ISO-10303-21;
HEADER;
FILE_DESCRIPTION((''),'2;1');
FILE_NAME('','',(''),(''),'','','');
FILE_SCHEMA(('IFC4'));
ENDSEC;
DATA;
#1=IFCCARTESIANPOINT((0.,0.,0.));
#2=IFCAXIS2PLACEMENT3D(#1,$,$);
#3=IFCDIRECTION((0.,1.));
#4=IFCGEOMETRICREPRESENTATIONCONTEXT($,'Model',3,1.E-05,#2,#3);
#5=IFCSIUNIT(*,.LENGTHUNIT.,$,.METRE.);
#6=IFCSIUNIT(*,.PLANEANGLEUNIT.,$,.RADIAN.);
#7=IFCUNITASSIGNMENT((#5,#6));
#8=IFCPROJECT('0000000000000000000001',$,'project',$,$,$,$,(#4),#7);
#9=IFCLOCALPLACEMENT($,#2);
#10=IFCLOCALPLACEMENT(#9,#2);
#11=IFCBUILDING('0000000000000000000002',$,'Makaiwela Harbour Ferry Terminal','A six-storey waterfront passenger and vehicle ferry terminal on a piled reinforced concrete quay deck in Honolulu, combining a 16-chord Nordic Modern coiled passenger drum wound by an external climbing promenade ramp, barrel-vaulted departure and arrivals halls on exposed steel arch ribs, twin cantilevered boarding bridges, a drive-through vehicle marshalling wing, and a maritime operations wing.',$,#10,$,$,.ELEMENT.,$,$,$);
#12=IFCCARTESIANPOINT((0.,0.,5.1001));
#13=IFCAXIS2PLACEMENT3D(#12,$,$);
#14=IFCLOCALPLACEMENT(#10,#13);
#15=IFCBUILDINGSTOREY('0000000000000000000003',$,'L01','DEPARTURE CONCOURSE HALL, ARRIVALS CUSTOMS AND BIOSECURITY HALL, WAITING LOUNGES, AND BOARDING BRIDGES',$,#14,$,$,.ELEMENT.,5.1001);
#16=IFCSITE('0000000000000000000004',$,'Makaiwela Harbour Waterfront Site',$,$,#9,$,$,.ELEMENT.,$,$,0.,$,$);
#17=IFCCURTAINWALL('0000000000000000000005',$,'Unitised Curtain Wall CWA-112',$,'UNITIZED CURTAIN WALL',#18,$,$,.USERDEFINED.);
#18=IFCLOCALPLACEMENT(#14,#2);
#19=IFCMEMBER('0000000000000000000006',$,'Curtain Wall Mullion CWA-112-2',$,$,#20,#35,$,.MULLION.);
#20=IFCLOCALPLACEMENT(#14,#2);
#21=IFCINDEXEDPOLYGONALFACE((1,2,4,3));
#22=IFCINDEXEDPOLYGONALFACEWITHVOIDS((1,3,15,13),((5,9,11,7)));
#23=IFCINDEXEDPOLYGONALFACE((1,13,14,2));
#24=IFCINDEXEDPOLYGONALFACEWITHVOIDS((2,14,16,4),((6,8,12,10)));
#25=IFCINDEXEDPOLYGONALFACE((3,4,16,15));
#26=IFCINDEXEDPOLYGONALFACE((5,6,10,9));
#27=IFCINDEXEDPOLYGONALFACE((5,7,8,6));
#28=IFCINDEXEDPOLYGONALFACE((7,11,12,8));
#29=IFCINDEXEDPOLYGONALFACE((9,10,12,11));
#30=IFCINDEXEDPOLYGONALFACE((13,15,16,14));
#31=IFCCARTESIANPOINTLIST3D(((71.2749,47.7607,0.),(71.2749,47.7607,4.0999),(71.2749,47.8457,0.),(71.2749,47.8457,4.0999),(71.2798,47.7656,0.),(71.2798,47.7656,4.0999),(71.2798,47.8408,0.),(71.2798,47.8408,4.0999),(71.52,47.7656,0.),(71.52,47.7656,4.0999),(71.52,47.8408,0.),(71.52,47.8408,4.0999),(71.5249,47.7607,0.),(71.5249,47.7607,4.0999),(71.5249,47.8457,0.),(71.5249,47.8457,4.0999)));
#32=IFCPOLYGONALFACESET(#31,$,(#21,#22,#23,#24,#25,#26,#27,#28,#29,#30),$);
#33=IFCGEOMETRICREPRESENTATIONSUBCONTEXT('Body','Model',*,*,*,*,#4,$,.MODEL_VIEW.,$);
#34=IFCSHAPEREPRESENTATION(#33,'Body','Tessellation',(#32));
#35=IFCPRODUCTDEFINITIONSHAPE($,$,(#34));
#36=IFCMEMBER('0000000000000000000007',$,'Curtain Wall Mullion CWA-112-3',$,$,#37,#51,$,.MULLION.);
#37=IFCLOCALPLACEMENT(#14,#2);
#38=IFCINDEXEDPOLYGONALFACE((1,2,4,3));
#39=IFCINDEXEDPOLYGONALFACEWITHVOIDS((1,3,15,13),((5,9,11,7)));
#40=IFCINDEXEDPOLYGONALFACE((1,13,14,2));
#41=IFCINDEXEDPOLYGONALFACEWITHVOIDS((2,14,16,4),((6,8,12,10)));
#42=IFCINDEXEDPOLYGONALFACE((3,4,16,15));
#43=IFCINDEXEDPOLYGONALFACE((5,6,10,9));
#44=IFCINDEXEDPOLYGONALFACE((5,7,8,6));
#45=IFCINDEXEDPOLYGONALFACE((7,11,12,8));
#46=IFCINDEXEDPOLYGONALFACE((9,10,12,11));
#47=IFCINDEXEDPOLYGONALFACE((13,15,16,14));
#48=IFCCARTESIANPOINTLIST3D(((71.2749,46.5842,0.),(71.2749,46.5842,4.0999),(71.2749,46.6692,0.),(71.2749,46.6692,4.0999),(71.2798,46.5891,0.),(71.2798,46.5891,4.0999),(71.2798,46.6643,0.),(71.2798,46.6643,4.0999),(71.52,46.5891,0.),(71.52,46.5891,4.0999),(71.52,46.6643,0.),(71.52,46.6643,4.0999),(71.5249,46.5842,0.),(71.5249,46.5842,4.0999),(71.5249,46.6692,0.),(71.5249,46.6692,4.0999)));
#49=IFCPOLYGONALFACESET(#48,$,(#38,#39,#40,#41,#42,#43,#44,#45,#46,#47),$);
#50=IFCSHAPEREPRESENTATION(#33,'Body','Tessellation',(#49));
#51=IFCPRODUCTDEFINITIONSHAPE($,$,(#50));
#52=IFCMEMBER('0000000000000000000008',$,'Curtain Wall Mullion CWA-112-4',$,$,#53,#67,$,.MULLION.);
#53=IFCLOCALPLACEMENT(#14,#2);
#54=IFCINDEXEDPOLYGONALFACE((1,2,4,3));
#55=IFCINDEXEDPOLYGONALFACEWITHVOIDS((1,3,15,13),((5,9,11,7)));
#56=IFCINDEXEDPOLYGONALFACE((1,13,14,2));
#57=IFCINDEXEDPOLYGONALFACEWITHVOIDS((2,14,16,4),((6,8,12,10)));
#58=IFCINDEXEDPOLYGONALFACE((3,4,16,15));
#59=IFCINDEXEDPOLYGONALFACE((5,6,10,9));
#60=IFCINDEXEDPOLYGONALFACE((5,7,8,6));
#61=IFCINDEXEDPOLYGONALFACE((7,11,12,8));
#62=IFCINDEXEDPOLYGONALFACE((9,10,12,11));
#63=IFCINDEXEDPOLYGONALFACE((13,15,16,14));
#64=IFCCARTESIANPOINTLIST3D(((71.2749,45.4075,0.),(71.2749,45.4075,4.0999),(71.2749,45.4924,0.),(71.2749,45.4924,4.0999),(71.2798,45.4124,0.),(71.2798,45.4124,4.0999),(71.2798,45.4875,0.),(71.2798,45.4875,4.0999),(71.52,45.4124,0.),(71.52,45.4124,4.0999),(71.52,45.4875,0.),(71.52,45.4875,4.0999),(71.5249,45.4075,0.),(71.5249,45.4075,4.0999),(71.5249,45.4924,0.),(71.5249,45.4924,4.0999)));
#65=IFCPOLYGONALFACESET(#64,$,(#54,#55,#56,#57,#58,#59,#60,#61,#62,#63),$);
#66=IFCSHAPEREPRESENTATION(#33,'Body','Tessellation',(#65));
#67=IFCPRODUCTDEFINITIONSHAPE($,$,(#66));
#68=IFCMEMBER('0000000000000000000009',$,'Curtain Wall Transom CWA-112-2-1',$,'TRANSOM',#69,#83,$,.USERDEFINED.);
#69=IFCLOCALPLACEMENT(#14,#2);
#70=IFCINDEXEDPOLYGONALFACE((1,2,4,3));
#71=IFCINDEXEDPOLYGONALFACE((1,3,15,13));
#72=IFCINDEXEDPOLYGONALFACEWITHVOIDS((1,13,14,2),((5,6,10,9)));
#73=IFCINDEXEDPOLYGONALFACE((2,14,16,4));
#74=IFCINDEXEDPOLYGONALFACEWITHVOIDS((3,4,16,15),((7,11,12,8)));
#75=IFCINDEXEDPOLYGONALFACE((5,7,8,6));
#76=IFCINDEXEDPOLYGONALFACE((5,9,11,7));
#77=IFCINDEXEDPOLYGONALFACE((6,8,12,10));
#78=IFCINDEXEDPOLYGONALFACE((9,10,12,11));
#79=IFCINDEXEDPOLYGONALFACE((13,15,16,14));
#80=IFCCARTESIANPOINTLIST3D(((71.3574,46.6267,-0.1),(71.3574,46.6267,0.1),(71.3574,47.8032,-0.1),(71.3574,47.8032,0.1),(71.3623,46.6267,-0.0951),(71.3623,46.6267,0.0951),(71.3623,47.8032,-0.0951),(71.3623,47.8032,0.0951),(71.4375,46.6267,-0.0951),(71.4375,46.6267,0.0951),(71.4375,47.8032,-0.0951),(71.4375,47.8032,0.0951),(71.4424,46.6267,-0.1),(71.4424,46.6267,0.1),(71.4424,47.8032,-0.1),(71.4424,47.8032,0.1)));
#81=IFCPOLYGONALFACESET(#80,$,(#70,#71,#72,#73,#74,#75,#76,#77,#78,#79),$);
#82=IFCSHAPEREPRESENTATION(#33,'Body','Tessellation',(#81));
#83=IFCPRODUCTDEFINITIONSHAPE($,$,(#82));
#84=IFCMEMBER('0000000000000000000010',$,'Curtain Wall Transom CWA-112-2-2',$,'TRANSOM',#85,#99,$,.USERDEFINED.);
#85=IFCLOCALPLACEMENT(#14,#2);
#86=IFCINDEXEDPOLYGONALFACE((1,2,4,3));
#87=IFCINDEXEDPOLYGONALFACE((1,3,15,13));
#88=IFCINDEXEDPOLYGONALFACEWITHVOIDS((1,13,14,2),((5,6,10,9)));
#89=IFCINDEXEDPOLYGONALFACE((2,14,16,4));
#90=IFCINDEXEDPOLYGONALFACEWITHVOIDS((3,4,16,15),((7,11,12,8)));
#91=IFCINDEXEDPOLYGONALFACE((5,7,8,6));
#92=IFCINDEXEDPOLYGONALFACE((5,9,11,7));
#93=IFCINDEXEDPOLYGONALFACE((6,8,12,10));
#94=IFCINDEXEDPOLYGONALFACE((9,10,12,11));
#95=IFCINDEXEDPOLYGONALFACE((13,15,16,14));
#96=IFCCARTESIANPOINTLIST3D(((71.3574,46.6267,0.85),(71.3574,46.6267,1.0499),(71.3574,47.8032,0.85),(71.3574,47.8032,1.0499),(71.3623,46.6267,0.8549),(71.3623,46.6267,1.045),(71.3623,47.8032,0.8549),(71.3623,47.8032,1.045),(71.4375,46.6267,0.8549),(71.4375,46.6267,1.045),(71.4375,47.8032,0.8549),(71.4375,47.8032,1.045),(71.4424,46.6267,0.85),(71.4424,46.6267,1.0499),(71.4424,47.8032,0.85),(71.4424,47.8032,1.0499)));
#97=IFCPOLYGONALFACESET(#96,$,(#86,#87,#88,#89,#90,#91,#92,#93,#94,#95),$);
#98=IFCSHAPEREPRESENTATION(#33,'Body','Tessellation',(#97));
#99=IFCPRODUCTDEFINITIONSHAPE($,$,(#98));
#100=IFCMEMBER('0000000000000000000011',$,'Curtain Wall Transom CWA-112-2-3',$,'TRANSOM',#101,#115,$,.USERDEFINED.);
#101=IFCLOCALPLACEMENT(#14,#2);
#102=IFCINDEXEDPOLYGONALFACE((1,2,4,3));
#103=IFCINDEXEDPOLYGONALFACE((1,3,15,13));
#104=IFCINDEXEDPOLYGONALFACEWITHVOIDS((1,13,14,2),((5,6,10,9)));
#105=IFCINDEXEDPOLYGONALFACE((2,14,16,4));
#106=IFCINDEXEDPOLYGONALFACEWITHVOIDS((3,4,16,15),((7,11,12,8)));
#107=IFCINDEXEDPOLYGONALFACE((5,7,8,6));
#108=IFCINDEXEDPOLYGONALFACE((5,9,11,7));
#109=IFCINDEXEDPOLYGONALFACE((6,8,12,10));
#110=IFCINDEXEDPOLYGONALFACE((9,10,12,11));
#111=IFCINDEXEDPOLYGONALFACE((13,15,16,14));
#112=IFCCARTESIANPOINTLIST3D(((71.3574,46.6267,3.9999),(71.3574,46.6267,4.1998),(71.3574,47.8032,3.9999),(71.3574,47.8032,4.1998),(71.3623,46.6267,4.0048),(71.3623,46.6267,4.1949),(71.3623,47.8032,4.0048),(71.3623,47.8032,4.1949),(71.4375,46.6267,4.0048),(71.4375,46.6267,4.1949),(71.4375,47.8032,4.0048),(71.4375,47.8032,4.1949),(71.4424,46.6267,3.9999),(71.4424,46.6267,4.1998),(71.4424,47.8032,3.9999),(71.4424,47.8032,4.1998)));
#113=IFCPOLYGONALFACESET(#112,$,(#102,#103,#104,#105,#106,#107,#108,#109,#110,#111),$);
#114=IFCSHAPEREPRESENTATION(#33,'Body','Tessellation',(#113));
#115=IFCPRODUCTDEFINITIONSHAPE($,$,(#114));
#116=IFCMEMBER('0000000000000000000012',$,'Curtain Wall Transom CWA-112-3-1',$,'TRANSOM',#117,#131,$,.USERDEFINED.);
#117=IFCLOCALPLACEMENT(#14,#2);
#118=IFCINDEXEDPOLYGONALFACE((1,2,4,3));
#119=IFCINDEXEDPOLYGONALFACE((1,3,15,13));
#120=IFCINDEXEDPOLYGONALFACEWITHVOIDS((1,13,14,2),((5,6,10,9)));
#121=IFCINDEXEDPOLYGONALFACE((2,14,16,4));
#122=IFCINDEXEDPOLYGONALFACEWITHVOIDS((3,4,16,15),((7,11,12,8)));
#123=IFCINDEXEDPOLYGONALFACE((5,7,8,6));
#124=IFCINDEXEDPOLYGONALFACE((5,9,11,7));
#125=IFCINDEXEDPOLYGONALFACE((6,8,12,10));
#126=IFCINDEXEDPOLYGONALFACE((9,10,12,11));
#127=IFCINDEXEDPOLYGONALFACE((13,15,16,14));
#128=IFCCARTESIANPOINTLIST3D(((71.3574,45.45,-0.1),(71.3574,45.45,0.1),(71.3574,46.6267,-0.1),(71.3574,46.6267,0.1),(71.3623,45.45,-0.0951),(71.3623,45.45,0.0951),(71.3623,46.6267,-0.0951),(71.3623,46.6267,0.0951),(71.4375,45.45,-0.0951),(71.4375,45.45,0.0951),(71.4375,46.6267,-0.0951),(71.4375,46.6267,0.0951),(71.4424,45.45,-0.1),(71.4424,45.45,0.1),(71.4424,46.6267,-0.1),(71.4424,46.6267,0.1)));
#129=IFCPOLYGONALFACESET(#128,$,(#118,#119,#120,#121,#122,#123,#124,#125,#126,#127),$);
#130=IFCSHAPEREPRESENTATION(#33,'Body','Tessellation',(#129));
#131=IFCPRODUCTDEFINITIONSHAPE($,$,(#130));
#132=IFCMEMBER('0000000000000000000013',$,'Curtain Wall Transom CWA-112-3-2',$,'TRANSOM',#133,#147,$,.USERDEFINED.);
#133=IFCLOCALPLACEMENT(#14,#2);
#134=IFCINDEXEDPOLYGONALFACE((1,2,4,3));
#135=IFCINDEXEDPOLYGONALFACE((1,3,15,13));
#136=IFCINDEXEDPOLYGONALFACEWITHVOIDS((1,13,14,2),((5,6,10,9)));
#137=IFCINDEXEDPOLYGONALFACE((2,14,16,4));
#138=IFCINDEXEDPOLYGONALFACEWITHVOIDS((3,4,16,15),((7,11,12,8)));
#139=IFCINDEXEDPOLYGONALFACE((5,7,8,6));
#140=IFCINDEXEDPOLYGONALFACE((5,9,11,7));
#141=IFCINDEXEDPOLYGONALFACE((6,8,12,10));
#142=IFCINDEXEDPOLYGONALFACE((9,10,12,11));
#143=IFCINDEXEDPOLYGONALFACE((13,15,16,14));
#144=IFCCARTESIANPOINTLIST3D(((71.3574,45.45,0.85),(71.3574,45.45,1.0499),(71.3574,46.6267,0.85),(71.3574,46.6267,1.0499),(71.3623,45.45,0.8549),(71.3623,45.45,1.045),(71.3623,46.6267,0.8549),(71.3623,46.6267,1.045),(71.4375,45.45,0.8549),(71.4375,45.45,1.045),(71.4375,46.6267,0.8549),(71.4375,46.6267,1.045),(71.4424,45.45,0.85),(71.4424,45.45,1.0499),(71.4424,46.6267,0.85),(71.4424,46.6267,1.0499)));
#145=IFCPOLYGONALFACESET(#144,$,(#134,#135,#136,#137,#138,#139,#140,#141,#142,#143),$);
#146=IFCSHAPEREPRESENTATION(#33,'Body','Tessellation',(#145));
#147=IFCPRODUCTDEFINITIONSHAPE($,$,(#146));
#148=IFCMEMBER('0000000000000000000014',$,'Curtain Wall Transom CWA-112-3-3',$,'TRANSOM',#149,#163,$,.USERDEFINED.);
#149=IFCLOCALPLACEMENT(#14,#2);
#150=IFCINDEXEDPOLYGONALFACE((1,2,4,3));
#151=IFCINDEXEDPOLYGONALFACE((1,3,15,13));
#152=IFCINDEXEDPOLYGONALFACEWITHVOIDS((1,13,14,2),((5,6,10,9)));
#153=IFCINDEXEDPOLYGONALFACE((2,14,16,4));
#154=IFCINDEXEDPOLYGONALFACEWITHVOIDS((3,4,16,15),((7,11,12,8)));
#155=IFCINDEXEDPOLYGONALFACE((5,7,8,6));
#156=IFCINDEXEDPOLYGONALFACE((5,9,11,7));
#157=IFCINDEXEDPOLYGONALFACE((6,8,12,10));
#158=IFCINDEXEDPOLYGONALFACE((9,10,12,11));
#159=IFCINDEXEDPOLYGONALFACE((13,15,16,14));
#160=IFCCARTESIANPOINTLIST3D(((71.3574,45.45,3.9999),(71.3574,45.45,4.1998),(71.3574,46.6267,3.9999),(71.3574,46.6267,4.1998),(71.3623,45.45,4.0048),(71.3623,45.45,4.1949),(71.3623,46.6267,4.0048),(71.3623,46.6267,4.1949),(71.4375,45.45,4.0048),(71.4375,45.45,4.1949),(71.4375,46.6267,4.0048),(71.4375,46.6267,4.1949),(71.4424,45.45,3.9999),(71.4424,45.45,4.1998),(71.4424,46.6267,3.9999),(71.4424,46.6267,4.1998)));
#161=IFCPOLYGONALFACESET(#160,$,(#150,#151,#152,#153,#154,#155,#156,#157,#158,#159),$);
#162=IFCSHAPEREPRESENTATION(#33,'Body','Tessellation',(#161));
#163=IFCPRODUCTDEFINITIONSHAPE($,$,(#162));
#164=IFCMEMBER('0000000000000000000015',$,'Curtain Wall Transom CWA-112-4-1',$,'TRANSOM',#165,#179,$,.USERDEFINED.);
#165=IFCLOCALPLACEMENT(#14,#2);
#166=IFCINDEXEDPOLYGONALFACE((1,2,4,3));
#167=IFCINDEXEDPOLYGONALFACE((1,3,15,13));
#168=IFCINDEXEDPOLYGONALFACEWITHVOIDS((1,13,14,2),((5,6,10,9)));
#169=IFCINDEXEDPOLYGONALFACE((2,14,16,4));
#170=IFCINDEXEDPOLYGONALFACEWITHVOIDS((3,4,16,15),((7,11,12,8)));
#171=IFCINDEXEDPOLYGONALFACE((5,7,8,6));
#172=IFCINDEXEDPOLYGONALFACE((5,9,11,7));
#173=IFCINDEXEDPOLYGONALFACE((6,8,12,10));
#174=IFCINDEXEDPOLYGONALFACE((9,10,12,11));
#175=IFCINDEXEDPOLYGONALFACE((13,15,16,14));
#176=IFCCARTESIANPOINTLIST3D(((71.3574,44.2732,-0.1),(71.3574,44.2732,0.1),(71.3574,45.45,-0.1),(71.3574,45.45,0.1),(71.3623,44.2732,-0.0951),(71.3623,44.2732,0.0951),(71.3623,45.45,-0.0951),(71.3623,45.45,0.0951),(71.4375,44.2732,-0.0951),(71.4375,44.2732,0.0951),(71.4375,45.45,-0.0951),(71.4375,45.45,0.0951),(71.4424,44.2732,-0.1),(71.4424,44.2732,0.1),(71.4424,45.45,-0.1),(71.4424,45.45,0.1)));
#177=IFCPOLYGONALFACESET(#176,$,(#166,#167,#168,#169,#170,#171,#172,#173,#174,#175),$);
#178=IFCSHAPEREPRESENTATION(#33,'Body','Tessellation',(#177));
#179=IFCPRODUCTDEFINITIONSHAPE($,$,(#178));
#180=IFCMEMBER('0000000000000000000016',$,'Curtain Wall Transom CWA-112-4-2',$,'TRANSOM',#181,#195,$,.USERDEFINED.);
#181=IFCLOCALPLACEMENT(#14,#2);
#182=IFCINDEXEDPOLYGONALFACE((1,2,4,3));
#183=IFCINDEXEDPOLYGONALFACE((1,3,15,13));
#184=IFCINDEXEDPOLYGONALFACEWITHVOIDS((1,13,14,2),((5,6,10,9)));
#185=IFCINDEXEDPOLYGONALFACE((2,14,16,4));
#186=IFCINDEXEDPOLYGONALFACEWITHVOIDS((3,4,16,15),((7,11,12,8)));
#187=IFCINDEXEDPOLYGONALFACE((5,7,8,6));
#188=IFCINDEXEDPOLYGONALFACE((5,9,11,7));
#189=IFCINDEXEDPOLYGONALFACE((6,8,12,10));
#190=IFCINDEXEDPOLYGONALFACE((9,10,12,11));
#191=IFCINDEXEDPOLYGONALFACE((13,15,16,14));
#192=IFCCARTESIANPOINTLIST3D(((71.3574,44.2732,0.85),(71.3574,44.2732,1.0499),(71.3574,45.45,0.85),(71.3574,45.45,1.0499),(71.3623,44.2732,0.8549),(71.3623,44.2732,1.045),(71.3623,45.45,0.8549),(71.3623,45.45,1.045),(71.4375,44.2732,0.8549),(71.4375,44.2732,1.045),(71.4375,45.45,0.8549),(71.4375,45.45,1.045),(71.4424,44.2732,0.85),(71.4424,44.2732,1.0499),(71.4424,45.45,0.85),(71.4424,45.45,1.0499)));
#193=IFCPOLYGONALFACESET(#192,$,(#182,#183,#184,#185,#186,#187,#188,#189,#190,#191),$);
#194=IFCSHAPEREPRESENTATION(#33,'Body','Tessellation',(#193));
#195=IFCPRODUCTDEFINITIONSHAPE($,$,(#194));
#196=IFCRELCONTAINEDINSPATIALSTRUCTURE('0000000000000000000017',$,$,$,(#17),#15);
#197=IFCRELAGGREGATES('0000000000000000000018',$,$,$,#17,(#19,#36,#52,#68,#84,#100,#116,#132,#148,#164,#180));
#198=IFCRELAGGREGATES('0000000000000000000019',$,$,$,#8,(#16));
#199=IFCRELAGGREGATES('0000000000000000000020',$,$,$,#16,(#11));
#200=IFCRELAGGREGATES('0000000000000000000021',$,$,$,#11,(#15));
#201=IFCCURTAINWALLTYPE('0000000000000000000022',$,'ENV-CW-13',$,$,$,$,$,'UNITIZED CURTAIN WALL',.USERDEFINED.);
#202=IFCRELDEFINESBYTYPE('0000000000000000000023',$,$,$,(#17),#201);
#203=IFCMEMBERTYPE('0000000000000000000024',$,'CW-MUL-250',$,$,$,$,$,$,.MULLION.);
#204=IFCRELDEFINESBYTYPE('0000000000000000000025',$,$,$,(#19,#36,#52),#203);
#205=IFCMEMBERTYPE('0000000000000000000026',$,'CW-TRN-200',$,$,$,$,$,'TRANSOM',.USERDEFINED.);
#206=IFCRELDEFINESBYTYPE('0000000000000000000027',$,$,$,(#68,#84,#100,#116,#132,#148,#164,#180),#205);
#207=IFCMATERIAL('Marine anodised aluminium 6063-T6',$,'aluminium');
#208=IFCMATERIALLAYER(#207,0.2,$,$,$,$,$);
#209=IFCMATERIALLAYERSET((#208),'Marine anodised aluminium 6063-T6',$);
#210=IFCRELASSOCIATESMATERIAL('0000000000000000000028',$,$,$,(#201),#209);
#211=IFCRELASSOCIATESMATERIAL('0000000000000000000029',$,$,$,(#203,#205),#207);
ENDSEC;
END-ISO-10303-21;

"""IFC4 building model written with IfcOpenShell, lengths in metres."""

from ifc_helpers import new_model, si_unit, direction, frame, origin, origin_2d, place, context, subcontext, project, spatial, hollow_rectangle, extrude, material, layer, layer_set, material_profile, profile_set, type_object, element, aggregate, save


model = new_model("IFC4")

# Units and contexts
model_context = context("Model", 3, precision=1e-05, world=origin(), true_north=direction((0.0, 1.0)))
body_context = subcontext(model_context, "Body", "Model", "MODEL_VIEW")
ifc_project = project(units=[si_unit("LENGTHUNIT", "METRE"), si_unit("PLANEANGLEUNIT", "RADIAN")], contexts=[model_context])

# Site, building, storey
site_placement = place(None, origin())
site = spatial("IfcSite", under=ifc_project, at=site_placement, Name="Makaiwela Harbour Waterfront Site", CompositionType="ELEMENT", RefElevation=0.0)
building_placement = place(site_placement, origin())
building = spatial("IfcBuilding", under=site, at=building_placement, Name="Makaiwela Harbour Ferry Terminal", Description="A six-storey waterfront passenger and vehicle ferry terminal on a piled reinforced concrete quay deck in Honolulu, combining a 16-chord Nordic Modern coiled passenger drum wound by an external climbing promenade ramp, barrel-vaulted departure and arrivals halls on exposed steel arch ribs, twin cantilevered boarding bridges, a drive-through vehicle marshalling wing, and a maritime operations wing.", CompositionType="ELEMENT")
storey_placement = place(building_placement, frame((0.0, 0.0, 5.1001)))
storey = spatial("IfcBuildingStorey", under=building, at=storey_placement, Name="L01", Description="DEPARTURE CONCOURSE HALL, ARRIVALS CUSTOMS AND BIOSECURITY HALL, WAITING LOUNGES, AND BOARDING BRIDGES", CompositionType="ELEMENT", Elevation=5.1001)

# Curtain wall, members
ifc_material_1 = material(Name="Marine anodised aluminium 6063-T6", Category="aluminium")
ifc_layer_1 = layer(ifc_material_1, 0.2)
ifc_layer_set_1 = layer_set([ifc_layer_1], Name="Marine anodised aluminium 6063-T6")
curtain_wall_type = type_object("IfcCurtainWallType", Name="ENV-CW-13", ElementType="UNITIZED CURTAIN WALL", PredefinedType="USERDEFINED", material=ifc_layer_set_1)
curtain_wall_placement = place(storey_placement, origin())
curtain_wall = element("IfcCurtainWall", 1, at=curtain_wall_placement, inside=storey, type_object=curtain_wall_type, Name="Unitised Curtain Wall CWA-112", ObjectType="UNITIZED CURTAIN WALL", PredefinedType="USERDEFINED")
ifc_material_profile_1 = material_profile(ifc_material_1, hollow_rectangle(XDim=0.085, YDim=0.25, WallThickness=0.0049, at=origin_2d()), Name="CWM-250X85")
ifc_profile_set_1 = profile_set([ifc_material_profile_1], Name="Marine anodised aluminium 6063-T6")
member_type_1 = type_object("IfcMemberType", Name="CW-MUL-250", PredefinedType="MULLION", material=ifc_profile_set_1)
member_1_placement = place(storey_placement, frame((71.3999, 47.8032, 0.0), z_axis=(0.0, 0.0, 1.0), x_axis=(0.0, 1.0, 0.0)))
member_1 = element("IfcMember", 2, at=member_1_placement, type_object=member_type_1, Name="Curtain Wall Mullion CWA-112-2", PredefinedType="MULLION", context=body_context, shape_type="SweptSolid", body=[
    extrude(hollow_rectangle(XDim=0.085, YDim=0.25, WallThickness=0.0049, at=origin_2d()), origin(), (0.0, 0.0, 1.0), 4.0999),
])
member_2_placement = place(storey_placement, frame((71.3999, 46.6267, 0.0), z_axis=(0.0, 0.0, 1.0), x_axis=(0.0, 1.0, 0.0)))
member_2 = element("IfcMember", 3, at=member_2_placement, type_object=member_type_1, Name="Curtain Wall Mullion CWA-112-3", PredefinedType="MULLION", context=body_context, shape_type="SweptSolid", body=[
    extrude(hollow_rectangle(XDim=0.085, YDim=0.25, WallThickness=0.0049, at=origin_2d()), origin(), (0.0, 0.0, 1.0), 4.0999),
])
member_3_placement = place(storey_placement, frame((71.3999, 45.45, 0.0), z_axis=(0.0, 0.0, 1.0), x_axis=(0.0, 1.0, 0.0)))
member_3 = element("IfcMember", 4, at=member_3_placement, type_object=member_type_1, Name="Curtain Wall Mullion CWA-112-4", PredefinedType="MULLION", context=body_context, shape_type="SweptSolid", body=[
    extrude(hollow_rectangle(XDim=0.085, YDim=0.25, WallThickness=0.0049, at=origin_2d()), origin(), (0.0, 0.0, 1.0), 4.0999),
])
ifc_material_profile_2 = material_profile(ifc_material_1, hollow_rectangle(XDim=0.085, YDim=0.2, WallThickness=0.0049, at=origin_2d()), Name="CWT-200X85")
ifc_profile_set_2 = profile_set([ifc_material_profile_2], Name="Marine anodised aluminium 6063-T6")
member_type_2 = type_object("IfcMemberType", Name="CW-TRN-200", ElementType="TRANSOM", PredefinedType="USERDEFINED", material=ifc_profile_set_2)
member_4_placement = place(storey_placement, frame((71.3999, 47.8032, 0.0), z_axis=(0.0, -1.0, 0.0), x_axis=(1.0, 0.0, 0.0)))
member_4 = element("IfcMember", 5, at=member_4_placement, type_object=member_type_2, Name="Curtain Wall Transom CWA-112-2-1", ObjectType="TRANSOM", PredefinedType="USERDEFINED", context=body_context, shape_type="SweptSolid", body=[
    extrude(hollow_rectangle(XDim=0.085, YDim=0.2, WallThickness=0.0049, at=origin_2d()), origin(), (0.0, 0.0, 1.0), 1.1765),
])
member_5_placement = place(storey_placement, frame((71.3999, 47.8032, 0.95), z_axis=(0.0, -1.0, 0.0), x_axis=(1.0, 0.0, 0.0)))
member_5 = element("IfcMember", 6, at=member_5_placement, type_object=member_type_2, Name="Curtain Wall Transom CWA-112-2-2", ObjectType="TRANSOM", PredefinedType="USERDEFINED", context=body_context, shape_type="SweptSolid", body=[
    extrude(hollow_rectangle(XDim=0.085, YDim=0.2, WallThickness=0.0049, at=origin_2d()), origin(), (0.0, 0.0, 1.0), 1.1765),
])
member_6_placement = place(storey_placement, frame((71.3999, 47.8032, 4.0999), z_axis=(0.0, -1.0, 0.0), x_axis=(1.0, 0.0, 0.0)))
member_6 = element("IfcMember", 7, at=member_6_placement, type_object=member_type_2, Name="Curtain Wall Transom CWA-112-2-3", ObjectType="TRANSOM", PredefinedType="USERDEFINED", context=body_context, shape_type="SweptSolid", body=[
    extrude(hollow_rectangle(XDim=0.085, YDim=0.2, WallThickness=0.0049, at=origin_2d()), origin(), (0.0, 0.0, 1.0), 1.1765),
])
member_7_placement = place(storey_placement, frame((71.3999, 46.6267, 0.0), z_axis=(0.0, -1.0, 0.0), x_axis=(1.0, 0.0, 0.0)))
member_7 = element("IfcMember", 8, at=member_7_placement, type_object=member_type_2, Name="Curtain Wall Transom CWA-112-3-1", ObjectType="TRANSOM", PredefinedType="USERDEFINED", context=body_context, shape_type="SweptSolid", body=[
    extrude(hollow_rectangle(XDim=0.085, YDim=0.2, WallThickness=0.0049, at=origin_2d()), origin(), (0.0, 0.0, 1.0), 1.1768),
])
member_8_placement = place(storey_placement, frame((71.3999, 46.6267, 0.95), z_axis=(0.0, -1.0, 0.0), x_axis=(1.0, 0.0, 0.0)))
member_8 = element("IfcMember", 9, at=member_8_placement, type_object=member_type_2, Name="Curtain Wall Transom CWA-112-3-2", ObjectType="TRANSOM", PredefinedType="USERDEFINED", context=body_context, shape_type="SweptSolid", body=[
    extrude(hollow_rectangle(XDim=0.085, YDim=0.2, WallThickness=0.0049, at=origin_2d()), origin(), (0.0, 0.0, 1.0), 1.1768),
])
member_9_placement = place(storey_placement, frame((71.3999, 46.6267, 4.0999), z_axis=(0.0, -1.0, 0.0), x_axis=(1.0, 0.0, 0.0)))
member_9 = element("IfcMember", 10, at=member_9_placement, type_object=member_type_2, Name="Curtain Wall Transom CWA-112-3-3", ObjectType="TRANSOM", PredefinedType="USERDEFINED", context=body_context, shape_type="SweptSolid", body=[
    extrude(hollow_rectangle(XDim=0.085, YDim=0.2, WallThickness=0.0049, at=origin_2d()), origin(), (0.0, 0.0, 1.0), 1.1768),
])
member_10_placement = place(storey_placement, frame((71.3999, 45.45, 0.0), z_axis=(0.0, -1.0, 0.0), x_axis=(1.0, 0.0, 0.0)))
member_10 = element("IfcMember", 11, at=member_10_placement, type_object=member_type_2, Name="Curtain Wall Transom CWA-112-4-1", ObjectType="TRANSOM", PredefinedType="USERDEFINED", context=body_context, shape_type="SweptSolid", body=[
    extrude(hollow_rectangle(XDim=0.085, YDim=0.2, WallThickness=0.0049, at=origin_2d()), origin(), (0.0, 0.0, 1.0), 1.1768),
])
member_11_placement = place(storey_placement, frame((71.3999, 45.45, 0.95), z_axis=(0.0, -1.0, 0.0), x_axis=(1.0, 0.0, 0.0)))
member_11 = element("IfcMember", 12, at=member_11_placement, type_object=member_type_2, Name="Curtain Wall Transom CWA-112-4-2", ObjectType="TRANSOM", PredefinedType="USERDEFINED", context=body_context, shape_type="SweptSolid", body=[
    extrude(hollow_rectangle(XDim=0.085, YDim=0.2, WallThickness=0.0049, at=origin_2d()), origin(), (0.0, 0.0, 1.0), 1.1768),
])
aggregate(curtain_wall, [member_1, member_2, member_3, member_4, member_5, member_6, member_7, member_8, member_9, member_10, member_11])

save(model, "model.ifc")
